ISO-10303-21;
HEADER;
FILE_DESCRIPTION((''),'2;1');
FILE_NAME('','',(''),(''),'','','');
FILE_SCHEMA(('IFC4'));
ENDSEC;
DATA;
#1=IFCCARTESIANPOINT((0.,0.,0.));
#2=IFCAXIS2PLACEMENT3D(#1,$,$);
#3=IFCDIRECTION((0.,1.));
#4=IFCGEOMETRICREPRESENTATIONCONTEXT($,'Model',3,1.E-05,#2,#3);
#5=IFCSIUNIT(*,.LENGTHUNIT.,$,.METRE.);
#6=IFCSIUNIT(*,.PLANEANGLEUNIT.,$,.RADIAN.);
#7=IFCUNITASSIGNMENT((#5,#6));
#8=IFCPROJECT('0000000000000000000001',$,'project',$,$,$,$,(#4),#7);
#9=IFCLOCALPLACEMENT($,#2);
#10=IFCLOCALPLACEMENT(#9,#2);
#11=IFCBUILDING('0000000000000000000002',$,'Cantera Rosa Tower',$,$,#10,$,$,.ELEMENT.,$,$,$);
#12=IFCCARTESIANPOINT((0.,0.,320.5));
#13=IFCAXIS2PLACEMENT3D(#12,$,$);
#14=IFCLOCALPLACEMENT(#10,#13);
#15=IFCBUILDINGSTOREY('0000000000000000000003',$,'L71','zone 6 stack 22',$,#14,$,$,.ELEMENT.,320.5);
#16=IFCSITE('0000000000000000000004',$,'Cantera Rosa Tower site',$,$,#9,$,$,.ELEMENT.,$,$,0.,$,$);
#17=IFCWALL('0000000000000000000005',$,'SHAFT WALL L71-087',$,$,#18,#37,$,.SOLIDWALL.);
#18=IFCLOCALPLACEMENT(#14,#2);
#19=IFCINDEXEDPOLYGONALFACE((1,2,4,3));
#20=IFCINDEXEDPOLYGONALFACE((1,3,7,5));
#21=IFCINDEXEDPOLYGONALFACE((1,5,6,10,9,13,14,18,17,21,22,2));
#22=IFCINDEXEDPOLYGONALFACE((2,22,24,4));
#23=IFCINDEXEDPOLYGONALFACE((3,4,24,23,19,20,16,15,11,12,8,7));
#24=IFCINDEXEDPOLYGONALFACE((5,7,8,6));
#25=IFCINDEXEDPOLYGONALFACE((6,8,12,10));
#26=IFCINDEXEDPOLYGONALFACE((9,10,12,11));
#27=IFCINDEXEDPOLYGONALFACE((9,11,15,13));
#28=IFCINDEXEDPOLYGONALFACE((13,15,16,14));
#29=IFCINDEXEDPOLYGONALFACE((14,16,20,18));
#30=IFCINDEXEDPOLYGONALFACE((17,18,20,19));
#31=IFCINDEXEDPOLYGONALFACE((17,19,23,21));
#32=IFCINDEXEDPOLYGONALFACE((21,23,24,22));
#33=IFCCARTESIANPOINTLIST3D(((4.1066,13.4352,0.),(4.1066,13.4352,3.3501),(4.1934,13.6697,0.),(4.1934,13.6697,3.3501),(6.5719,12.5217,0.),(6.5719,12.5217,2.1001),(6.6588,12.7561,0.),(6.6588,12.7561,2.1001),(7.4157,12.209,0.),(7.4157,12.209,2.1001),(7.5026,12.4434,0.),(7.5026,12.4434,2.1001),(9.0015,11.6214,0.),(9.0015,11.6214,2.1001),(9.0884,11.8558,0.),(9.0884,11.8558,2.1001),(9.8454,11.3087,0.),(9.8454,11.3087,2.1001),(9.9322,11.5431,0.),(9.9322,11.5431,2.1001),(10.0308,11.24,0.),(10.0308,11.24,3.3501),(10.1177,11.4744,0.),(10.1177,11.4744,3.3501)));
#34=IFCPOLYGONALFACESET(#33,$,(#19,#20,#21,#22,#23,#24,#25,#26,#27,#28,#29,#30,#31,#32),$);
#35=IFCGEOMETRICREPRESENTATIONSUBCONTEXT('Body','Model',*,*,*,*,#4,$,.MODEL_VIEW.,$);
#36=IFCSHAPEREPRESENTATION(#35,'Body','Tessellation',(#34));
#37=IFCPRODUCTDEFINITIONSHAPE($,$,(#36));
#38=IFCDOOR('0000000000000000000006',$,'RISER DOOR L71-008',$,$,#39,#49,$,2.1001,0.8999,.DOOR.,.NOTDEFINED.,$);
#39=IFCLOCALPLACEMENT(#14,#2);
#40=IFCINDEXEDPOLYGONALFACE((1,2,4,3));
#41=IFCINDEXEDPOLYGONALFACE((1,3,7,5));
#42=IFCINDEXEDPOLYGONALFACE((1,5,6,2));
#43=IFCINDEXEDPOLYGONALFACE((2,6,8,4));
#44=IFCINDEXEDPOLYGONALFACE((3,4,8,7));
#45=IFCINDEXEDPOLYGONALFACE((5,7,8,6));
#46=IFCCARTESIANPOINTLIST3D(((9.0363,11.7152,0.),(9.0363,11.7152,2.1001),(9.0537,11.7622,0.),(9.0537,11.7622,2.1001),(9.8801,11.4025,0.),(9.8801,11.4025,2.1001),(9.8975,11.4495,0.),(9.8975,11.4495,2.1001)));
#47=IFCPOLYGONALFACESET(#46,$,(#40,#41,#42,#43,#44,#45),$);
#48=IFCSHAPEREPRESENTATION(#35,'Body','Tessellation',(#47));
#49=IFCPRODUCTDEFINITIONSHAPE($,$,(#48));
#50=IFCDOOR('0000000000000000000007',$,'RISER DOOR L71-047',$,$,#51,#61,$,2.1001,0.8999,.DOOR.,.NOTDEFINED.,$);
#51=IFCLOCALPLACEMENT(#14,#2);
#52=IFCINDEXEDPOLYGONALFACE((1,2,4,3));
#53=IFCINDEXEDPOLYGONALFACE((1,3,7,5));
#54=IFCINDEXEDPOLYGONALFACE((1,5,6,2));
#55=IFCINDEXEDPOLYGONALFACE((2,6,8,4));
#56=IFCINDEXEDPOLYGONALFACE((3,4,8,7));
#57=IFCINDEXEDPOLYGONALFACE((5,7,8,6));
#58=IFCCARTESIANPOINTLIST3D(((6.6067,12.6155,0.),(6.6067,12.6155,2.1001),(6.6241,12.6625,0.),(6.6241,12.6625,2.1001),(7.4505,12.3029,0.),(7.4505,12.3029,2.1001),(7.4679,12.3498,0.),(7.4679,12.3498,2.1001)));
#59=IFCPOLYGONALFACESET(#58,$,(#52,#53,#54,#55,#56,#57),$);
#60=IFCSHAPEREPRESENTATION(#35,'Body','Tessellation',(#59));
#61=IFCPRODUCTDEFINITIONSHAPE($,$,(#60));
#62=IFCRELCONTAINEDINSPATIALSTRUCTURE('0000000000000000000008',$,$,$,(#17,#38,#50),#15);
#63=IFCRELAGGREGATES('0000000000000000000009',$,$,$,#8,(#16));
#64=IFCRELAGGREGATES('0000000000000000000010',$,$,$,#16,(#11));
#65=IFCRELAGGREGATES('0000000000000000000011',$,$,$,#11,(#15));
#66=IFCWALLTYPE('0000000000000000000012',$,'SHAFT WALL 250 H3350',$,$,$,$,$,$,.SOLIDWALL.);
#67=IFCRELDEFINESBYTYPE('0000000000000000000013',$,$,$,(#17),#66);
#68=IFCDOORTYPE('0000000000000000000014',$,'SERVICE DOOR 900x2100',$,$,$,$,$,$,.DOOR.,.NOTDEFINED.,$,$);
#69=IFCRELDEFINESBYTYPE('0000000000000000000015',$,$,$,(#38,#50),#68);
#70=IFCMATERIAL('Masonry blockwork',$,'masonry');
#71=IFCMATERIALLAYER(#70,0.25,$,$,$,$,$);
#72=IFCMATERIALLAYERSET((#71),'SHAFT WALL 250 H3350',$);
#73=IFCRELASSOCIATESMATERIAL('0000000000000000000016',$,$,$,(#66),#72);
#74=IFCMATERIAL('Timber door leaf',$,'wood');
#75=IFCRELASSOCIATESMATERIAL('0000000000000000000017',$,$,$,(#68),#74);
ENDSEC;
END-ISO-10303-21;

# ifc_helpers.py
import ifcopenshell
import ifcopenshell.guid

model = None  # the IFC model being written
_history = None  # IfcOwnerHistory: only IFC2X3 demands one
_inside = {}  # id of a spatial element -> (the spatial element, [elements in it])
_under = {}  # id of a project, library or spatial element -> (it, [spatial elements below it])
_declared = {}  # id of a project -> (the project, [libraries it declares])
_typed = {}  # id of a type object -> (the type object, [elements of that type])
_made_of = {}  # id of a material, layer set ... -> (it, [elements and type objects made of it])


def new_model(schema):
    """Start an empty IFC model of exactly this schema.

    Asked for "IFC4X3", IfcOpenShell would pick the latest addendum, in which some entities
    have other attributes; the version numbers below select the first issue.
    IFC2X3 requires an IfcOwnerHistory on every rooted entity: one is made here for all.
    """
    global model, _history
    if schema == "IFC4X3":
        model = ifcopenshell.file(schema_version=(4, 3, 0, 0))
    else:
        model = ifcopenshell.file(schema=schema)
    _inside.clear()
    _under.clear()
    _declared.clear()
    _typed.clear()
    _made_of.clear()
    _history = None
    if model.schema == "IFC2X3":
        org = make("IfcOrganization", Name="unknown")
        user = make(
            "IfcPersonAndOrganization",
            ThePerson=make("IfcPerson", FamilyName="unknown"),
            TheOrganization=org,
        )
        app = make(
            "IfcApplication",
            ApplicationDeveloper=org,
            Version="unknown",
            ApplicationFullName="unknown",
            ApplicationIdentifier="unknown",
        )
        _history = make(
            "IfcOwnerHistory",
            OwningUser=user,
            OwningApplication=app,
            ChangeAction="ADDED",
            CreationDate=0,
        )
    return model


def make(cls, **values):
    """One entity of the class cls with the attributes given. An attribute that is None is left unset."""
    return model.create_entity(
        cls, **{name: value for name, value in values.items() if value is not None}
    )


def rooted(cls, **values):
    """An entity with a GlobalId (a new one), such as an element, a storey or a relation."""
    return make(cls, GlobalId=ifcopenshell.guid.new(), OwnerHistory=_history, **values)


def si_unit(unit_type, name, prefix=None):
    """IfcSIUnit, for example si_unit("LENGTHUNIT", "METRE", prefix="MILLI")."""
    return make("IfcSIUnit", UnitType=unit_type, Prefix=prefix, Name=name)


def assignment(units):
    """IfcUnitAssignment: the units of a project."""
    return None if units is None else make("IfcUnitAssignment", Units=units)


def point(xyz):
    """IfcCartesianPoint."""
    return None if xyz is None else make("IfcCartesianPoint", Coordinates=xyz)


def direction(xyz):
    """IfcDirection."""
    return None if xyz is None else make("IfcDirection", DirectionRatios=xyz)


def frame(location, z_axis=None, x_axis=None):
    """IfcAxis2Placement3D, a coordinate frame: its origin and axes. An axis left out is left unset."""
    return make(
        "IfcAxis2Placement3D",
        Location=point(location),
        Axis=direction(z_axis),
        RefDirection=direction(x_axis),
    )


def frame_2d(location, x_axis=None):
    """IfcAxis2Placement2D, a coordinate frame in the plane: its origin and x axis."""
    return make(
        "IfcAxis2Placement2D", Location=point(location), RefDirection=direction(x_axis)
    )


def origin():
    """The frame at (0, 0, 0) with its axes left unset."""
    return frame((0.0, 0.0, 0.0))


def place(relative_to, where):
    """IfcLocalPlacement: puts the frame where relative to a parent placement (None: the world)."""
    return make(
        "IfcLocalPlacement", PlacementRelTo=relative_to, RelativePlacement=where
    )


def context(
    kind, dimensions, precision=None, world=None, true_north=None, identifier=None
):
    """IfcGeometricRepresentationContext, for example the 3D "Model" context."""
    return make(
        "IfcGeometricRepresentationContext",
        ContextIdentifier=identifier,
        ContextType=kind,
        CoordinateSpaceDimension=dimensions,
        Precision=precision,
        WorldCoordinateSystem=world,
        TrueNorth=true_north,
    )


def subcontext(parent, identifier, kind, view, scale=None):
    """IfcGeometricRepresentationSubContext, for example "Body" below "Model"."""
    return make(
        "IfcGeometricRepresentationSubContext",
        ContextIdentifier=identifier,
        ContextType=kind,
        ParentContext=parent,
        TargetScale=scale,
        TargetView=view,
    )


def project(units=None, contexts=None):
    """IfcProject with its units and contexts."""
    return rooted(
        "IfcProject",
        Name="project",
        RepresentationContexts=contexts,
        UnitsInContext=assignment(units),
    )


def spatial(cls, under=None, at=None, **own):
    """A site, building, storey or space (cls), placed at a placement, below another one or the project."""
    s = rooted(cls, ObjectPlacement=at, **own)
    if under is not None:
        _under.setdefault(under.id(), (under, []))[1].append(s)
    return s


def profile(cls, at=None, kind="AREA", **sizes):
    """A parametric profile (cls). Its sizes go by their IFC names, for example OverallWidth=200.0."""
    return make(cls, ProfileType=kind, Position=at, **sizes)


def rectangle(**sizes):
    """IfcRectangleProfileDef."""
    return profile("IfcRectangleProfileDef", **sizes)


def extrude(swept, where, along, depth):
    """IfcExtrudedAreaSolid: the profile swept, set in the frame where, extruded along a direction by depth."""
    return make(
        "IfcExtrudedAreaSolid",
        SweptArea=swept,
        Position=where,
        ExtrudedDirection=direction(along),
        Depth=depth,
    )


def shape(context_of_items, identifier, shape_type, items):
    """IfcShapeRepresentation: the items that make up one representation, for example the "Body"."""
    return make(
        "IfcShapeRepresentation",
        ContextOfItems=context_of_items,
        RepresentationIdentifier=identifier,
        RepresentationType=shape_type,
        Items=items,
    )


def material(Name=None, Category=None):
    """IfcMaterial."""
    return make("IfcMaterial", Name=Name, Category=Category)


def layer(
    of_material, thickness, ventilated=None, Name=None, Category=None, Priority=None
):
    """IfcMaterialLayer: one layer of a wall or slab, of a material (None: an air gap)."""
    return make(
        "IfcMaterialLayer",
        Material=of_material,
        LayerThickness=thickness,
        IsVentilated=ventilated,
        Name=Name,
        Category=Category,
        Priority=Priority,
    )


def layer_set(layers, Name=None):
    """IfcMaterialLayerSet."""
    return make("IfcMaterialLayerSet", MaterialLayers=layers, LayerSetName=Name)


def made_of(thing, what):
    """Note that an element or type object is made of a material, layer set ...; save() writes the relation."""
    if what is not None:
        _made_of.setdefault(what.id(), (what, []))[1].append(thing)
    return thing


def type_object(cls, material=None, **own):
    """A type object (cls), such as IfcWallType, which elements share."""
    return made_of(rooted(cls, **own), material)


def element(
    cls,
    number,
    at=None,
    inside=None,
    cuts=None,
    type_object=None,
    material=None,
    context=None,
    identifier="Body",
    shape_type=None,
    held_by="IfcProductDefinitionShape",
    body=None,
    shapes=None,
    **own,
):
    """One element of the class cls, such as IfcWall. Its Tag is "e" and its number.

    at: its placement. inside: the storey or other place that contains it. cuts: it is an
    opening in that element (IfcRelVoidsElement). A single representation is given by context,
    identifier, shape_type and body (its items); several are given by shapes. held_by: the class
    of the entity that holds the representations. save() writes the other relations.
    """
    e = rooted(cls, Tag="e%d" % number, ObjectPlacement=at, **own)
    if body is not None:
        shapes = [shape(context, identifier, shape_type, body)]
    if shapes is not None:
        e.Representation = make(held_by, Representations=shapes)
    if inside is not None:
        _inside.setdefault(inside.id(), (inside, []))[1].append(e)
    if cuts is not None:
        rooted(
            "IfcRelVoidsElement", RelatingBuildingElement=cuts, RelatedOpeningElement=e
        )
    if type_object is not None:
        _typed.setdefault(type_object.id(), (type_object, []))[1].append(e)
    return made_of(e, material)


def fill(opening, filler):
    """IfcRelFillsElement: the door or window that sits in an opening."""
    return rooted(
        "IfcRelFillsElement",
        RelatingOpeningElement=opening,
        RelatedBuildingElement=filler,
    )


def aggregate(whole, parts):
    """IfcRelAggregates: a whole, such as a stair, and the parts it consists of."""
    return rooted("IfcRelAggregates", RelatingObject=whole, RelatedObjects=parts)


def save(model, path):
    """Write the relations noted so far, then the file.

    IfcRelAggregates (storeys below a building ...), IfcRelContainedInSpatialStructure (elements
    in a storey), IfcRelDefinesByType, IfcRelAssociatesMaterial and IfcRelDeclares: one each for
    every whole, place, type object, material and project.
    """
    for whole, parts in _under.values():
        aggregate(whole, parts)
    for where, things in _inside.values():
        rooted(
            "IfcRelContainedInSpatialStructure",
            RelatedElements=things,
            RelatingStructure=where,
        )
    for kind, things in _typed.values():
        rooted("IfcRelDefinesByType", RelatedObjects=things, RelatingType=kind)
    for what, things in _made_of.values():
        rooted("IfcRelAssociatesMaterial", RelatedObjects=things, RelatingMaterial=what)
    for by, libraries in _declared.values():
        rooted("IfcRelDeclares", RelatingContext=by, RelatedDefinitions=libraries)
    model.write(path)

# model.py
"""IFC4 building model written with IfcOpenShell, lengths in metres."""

from ifc_helpers import new_model, si_unit, direction, frame, frame_2d, origin, place, context, subcontext, project, spatial, rectangle, extrude, material, layer, layer_set, type_object, element, fill, save


model = new_model("IFC4")

# Units and contexts
model_context = context("Model", 3, precision=1e-05, world=origin(), true_north=direction((0.0, 1.0)))
body_context = subcontext(model_context, "Body", "Model", "MODEL_VIEW")
ifc_project = project(units=[si_unit("LENGTHUNIT", "METRE"), si_unit("PLANEANGLEUNIT", "RADIAN")], contexts=[model_context])

# Site, building, storey
site_placement = place(None, origin())
site = spatial("IfcSite", under=ifc_project, at=site_placement, Name="Cantera Rosa Tower site", CompositionType="ELEMENT", RefElevation=0.0)
building_placement = place(site_placement, origin())
building = spatial("IfcBuilding", under=site, at=building_placement, Name="Cantera Rosa Tower", CompositionType="ELEMENT")
storey_placement = place(building_placement, frame((0.0, 0.0, 320.5)))
storey = spatial("IfcBuildingStorey", under=building, at=storey_placement, Name="L71", Description="zone 6 stack 22", CompositionType="ELEMENT", Elevation=320.5)

# Wall, openings, doors
ifc_material_1 = material(Name="Masonry blockwork", Category="masonry")
ifc_layer_1 = layer(ifc_material_1, 0.25)
ifc_layer_set_1 = layer_set([ifc_layer_1], Name="SHAFT WALL 250 H3350")
wall_type_1 = type_object("IfcWallType", Name="SHAFT WALL 250 H3350", PredefinedType="SOLIDWALL", material=ifc_layer_set_1)
wall_1_placement = place(storey_placement, frame((10.0742, 11.3572, 0.0), z_axis=(0.0, 0.0, 1.0), x_axis=(-0.937691, 0.34747, 0.0)))
wall_1 = element("IfcWall", 1, at=wall_1_placement, inside=storey, type_object=wall_type_1, Name="SHAFT WALL L71-087", PredefinedType="SOLIDWALL", context=body_context, shape_type="SweptSolid", body=[
    extrude(rectangle(XDim=6.3179, YDim=0.25, at=frame_2d((3.1589, 0.0))), origin(), (0.0, 0.0, 1.0), 3.3501),
])
opening_1_placement = place(wall_1_placement, frame((0.1978, 0.0, 0.0)))
opening_1 = element("IfcOpeningElement", 2, at=opening_1_placement, cuts=wall_1, PredefinedType="OPENING", context=body_context, shape_type="SweptSolid", body=[
    extrude(rectangle(XDim=0.8999, YDim=2.1001, at=frame_2d((0.45, 1.05))), frame((0.0, 0.135, 0.0), z_axis=(0.0, -1.0, 0.0), x_axis=(1.0, 0.0, 0.0)), (0.0, 0.0, 1.0), 0.27),
])
opening_2_placement = place(wall_1_placement, frame((2.7888, 0.0, 0.0)))
opening_2 = element("IfcOpeningElement", 3, at=opening_2_placement, cuts=wall_1, PredefinedType="OPENING", context=body_context, shape_type="SweptSolid", body=[
    extrude(rectangle(XDim=0.8999, YDim=2.1001, at=frame_2d((0.45, 1.05))), frame((0.0, 0.135, 0.0), z_axis=(0.0, -1.0, 0.0), x_axis=(1.0, 0.0, 0.0)), (0.0, 0.0, 1.0), 0.27),
])
ifc_material_2 = material(Name="Timber door leaf", Category="wood")
door_type_1 = type_object("IfcDoorType", Name="SERVICE DOOR 900x2100", OperationType="NOTDEFINED", PredefinedType="DOOR", material=ifc_material_2)
door_1_placement = place(opening_1_placement, origin())
door_1 = element("IfcDoor", 4, at=door_1_placement, inside=storey, type_object=door_type_1, Name="RISER DOOR L71-008", OperationType="NOTDEFINED", OverallHeight=2.1001, OverallWidth=0.8999, PredefinedType="DOOR", context=body_context, shape_type="SweptSolid", body=[
    extrude(rectangle(XDim=0.8999, YDim=2.1001, at=frame_2d((0.45, 1.05))), frame((0.0, 0.0249, 0.0), z_axis=(0.0, -1.0, 0.0), x_axis=(1.0, 0.0, 0.0)), (0.0, 0.0, 1.0), 0.05),
])
fill(opening_1, door_1)
door_2_placement = place(opening_2_placement, origin())
door_2 = element("IfcDoor", 5, at=door_2_placement, inside=storey, type_object=door_type_1, Name="RISER DOOR L71-047", OperationType="NOTDEFINED", OverallHeight=2.1001, OverallWidth=0.8999, PredefinedType="DOOR", context=body_context, shape_type="SweptSolid", body=[
    extrude(rectangle(XDim=0.8999, YDim=2.1001, at=frame_2d((0.45, 1.05))), frame((0.0, 0.0249, 0.0), z_axis=(0.0, -1.0, 0.0), x_axis=(1.0, 0.0, 0.0)), (0.0, 0.0, 1.0), 0.05),
])
fill(opening_2, door_2)

save(model, "model.ifc")
